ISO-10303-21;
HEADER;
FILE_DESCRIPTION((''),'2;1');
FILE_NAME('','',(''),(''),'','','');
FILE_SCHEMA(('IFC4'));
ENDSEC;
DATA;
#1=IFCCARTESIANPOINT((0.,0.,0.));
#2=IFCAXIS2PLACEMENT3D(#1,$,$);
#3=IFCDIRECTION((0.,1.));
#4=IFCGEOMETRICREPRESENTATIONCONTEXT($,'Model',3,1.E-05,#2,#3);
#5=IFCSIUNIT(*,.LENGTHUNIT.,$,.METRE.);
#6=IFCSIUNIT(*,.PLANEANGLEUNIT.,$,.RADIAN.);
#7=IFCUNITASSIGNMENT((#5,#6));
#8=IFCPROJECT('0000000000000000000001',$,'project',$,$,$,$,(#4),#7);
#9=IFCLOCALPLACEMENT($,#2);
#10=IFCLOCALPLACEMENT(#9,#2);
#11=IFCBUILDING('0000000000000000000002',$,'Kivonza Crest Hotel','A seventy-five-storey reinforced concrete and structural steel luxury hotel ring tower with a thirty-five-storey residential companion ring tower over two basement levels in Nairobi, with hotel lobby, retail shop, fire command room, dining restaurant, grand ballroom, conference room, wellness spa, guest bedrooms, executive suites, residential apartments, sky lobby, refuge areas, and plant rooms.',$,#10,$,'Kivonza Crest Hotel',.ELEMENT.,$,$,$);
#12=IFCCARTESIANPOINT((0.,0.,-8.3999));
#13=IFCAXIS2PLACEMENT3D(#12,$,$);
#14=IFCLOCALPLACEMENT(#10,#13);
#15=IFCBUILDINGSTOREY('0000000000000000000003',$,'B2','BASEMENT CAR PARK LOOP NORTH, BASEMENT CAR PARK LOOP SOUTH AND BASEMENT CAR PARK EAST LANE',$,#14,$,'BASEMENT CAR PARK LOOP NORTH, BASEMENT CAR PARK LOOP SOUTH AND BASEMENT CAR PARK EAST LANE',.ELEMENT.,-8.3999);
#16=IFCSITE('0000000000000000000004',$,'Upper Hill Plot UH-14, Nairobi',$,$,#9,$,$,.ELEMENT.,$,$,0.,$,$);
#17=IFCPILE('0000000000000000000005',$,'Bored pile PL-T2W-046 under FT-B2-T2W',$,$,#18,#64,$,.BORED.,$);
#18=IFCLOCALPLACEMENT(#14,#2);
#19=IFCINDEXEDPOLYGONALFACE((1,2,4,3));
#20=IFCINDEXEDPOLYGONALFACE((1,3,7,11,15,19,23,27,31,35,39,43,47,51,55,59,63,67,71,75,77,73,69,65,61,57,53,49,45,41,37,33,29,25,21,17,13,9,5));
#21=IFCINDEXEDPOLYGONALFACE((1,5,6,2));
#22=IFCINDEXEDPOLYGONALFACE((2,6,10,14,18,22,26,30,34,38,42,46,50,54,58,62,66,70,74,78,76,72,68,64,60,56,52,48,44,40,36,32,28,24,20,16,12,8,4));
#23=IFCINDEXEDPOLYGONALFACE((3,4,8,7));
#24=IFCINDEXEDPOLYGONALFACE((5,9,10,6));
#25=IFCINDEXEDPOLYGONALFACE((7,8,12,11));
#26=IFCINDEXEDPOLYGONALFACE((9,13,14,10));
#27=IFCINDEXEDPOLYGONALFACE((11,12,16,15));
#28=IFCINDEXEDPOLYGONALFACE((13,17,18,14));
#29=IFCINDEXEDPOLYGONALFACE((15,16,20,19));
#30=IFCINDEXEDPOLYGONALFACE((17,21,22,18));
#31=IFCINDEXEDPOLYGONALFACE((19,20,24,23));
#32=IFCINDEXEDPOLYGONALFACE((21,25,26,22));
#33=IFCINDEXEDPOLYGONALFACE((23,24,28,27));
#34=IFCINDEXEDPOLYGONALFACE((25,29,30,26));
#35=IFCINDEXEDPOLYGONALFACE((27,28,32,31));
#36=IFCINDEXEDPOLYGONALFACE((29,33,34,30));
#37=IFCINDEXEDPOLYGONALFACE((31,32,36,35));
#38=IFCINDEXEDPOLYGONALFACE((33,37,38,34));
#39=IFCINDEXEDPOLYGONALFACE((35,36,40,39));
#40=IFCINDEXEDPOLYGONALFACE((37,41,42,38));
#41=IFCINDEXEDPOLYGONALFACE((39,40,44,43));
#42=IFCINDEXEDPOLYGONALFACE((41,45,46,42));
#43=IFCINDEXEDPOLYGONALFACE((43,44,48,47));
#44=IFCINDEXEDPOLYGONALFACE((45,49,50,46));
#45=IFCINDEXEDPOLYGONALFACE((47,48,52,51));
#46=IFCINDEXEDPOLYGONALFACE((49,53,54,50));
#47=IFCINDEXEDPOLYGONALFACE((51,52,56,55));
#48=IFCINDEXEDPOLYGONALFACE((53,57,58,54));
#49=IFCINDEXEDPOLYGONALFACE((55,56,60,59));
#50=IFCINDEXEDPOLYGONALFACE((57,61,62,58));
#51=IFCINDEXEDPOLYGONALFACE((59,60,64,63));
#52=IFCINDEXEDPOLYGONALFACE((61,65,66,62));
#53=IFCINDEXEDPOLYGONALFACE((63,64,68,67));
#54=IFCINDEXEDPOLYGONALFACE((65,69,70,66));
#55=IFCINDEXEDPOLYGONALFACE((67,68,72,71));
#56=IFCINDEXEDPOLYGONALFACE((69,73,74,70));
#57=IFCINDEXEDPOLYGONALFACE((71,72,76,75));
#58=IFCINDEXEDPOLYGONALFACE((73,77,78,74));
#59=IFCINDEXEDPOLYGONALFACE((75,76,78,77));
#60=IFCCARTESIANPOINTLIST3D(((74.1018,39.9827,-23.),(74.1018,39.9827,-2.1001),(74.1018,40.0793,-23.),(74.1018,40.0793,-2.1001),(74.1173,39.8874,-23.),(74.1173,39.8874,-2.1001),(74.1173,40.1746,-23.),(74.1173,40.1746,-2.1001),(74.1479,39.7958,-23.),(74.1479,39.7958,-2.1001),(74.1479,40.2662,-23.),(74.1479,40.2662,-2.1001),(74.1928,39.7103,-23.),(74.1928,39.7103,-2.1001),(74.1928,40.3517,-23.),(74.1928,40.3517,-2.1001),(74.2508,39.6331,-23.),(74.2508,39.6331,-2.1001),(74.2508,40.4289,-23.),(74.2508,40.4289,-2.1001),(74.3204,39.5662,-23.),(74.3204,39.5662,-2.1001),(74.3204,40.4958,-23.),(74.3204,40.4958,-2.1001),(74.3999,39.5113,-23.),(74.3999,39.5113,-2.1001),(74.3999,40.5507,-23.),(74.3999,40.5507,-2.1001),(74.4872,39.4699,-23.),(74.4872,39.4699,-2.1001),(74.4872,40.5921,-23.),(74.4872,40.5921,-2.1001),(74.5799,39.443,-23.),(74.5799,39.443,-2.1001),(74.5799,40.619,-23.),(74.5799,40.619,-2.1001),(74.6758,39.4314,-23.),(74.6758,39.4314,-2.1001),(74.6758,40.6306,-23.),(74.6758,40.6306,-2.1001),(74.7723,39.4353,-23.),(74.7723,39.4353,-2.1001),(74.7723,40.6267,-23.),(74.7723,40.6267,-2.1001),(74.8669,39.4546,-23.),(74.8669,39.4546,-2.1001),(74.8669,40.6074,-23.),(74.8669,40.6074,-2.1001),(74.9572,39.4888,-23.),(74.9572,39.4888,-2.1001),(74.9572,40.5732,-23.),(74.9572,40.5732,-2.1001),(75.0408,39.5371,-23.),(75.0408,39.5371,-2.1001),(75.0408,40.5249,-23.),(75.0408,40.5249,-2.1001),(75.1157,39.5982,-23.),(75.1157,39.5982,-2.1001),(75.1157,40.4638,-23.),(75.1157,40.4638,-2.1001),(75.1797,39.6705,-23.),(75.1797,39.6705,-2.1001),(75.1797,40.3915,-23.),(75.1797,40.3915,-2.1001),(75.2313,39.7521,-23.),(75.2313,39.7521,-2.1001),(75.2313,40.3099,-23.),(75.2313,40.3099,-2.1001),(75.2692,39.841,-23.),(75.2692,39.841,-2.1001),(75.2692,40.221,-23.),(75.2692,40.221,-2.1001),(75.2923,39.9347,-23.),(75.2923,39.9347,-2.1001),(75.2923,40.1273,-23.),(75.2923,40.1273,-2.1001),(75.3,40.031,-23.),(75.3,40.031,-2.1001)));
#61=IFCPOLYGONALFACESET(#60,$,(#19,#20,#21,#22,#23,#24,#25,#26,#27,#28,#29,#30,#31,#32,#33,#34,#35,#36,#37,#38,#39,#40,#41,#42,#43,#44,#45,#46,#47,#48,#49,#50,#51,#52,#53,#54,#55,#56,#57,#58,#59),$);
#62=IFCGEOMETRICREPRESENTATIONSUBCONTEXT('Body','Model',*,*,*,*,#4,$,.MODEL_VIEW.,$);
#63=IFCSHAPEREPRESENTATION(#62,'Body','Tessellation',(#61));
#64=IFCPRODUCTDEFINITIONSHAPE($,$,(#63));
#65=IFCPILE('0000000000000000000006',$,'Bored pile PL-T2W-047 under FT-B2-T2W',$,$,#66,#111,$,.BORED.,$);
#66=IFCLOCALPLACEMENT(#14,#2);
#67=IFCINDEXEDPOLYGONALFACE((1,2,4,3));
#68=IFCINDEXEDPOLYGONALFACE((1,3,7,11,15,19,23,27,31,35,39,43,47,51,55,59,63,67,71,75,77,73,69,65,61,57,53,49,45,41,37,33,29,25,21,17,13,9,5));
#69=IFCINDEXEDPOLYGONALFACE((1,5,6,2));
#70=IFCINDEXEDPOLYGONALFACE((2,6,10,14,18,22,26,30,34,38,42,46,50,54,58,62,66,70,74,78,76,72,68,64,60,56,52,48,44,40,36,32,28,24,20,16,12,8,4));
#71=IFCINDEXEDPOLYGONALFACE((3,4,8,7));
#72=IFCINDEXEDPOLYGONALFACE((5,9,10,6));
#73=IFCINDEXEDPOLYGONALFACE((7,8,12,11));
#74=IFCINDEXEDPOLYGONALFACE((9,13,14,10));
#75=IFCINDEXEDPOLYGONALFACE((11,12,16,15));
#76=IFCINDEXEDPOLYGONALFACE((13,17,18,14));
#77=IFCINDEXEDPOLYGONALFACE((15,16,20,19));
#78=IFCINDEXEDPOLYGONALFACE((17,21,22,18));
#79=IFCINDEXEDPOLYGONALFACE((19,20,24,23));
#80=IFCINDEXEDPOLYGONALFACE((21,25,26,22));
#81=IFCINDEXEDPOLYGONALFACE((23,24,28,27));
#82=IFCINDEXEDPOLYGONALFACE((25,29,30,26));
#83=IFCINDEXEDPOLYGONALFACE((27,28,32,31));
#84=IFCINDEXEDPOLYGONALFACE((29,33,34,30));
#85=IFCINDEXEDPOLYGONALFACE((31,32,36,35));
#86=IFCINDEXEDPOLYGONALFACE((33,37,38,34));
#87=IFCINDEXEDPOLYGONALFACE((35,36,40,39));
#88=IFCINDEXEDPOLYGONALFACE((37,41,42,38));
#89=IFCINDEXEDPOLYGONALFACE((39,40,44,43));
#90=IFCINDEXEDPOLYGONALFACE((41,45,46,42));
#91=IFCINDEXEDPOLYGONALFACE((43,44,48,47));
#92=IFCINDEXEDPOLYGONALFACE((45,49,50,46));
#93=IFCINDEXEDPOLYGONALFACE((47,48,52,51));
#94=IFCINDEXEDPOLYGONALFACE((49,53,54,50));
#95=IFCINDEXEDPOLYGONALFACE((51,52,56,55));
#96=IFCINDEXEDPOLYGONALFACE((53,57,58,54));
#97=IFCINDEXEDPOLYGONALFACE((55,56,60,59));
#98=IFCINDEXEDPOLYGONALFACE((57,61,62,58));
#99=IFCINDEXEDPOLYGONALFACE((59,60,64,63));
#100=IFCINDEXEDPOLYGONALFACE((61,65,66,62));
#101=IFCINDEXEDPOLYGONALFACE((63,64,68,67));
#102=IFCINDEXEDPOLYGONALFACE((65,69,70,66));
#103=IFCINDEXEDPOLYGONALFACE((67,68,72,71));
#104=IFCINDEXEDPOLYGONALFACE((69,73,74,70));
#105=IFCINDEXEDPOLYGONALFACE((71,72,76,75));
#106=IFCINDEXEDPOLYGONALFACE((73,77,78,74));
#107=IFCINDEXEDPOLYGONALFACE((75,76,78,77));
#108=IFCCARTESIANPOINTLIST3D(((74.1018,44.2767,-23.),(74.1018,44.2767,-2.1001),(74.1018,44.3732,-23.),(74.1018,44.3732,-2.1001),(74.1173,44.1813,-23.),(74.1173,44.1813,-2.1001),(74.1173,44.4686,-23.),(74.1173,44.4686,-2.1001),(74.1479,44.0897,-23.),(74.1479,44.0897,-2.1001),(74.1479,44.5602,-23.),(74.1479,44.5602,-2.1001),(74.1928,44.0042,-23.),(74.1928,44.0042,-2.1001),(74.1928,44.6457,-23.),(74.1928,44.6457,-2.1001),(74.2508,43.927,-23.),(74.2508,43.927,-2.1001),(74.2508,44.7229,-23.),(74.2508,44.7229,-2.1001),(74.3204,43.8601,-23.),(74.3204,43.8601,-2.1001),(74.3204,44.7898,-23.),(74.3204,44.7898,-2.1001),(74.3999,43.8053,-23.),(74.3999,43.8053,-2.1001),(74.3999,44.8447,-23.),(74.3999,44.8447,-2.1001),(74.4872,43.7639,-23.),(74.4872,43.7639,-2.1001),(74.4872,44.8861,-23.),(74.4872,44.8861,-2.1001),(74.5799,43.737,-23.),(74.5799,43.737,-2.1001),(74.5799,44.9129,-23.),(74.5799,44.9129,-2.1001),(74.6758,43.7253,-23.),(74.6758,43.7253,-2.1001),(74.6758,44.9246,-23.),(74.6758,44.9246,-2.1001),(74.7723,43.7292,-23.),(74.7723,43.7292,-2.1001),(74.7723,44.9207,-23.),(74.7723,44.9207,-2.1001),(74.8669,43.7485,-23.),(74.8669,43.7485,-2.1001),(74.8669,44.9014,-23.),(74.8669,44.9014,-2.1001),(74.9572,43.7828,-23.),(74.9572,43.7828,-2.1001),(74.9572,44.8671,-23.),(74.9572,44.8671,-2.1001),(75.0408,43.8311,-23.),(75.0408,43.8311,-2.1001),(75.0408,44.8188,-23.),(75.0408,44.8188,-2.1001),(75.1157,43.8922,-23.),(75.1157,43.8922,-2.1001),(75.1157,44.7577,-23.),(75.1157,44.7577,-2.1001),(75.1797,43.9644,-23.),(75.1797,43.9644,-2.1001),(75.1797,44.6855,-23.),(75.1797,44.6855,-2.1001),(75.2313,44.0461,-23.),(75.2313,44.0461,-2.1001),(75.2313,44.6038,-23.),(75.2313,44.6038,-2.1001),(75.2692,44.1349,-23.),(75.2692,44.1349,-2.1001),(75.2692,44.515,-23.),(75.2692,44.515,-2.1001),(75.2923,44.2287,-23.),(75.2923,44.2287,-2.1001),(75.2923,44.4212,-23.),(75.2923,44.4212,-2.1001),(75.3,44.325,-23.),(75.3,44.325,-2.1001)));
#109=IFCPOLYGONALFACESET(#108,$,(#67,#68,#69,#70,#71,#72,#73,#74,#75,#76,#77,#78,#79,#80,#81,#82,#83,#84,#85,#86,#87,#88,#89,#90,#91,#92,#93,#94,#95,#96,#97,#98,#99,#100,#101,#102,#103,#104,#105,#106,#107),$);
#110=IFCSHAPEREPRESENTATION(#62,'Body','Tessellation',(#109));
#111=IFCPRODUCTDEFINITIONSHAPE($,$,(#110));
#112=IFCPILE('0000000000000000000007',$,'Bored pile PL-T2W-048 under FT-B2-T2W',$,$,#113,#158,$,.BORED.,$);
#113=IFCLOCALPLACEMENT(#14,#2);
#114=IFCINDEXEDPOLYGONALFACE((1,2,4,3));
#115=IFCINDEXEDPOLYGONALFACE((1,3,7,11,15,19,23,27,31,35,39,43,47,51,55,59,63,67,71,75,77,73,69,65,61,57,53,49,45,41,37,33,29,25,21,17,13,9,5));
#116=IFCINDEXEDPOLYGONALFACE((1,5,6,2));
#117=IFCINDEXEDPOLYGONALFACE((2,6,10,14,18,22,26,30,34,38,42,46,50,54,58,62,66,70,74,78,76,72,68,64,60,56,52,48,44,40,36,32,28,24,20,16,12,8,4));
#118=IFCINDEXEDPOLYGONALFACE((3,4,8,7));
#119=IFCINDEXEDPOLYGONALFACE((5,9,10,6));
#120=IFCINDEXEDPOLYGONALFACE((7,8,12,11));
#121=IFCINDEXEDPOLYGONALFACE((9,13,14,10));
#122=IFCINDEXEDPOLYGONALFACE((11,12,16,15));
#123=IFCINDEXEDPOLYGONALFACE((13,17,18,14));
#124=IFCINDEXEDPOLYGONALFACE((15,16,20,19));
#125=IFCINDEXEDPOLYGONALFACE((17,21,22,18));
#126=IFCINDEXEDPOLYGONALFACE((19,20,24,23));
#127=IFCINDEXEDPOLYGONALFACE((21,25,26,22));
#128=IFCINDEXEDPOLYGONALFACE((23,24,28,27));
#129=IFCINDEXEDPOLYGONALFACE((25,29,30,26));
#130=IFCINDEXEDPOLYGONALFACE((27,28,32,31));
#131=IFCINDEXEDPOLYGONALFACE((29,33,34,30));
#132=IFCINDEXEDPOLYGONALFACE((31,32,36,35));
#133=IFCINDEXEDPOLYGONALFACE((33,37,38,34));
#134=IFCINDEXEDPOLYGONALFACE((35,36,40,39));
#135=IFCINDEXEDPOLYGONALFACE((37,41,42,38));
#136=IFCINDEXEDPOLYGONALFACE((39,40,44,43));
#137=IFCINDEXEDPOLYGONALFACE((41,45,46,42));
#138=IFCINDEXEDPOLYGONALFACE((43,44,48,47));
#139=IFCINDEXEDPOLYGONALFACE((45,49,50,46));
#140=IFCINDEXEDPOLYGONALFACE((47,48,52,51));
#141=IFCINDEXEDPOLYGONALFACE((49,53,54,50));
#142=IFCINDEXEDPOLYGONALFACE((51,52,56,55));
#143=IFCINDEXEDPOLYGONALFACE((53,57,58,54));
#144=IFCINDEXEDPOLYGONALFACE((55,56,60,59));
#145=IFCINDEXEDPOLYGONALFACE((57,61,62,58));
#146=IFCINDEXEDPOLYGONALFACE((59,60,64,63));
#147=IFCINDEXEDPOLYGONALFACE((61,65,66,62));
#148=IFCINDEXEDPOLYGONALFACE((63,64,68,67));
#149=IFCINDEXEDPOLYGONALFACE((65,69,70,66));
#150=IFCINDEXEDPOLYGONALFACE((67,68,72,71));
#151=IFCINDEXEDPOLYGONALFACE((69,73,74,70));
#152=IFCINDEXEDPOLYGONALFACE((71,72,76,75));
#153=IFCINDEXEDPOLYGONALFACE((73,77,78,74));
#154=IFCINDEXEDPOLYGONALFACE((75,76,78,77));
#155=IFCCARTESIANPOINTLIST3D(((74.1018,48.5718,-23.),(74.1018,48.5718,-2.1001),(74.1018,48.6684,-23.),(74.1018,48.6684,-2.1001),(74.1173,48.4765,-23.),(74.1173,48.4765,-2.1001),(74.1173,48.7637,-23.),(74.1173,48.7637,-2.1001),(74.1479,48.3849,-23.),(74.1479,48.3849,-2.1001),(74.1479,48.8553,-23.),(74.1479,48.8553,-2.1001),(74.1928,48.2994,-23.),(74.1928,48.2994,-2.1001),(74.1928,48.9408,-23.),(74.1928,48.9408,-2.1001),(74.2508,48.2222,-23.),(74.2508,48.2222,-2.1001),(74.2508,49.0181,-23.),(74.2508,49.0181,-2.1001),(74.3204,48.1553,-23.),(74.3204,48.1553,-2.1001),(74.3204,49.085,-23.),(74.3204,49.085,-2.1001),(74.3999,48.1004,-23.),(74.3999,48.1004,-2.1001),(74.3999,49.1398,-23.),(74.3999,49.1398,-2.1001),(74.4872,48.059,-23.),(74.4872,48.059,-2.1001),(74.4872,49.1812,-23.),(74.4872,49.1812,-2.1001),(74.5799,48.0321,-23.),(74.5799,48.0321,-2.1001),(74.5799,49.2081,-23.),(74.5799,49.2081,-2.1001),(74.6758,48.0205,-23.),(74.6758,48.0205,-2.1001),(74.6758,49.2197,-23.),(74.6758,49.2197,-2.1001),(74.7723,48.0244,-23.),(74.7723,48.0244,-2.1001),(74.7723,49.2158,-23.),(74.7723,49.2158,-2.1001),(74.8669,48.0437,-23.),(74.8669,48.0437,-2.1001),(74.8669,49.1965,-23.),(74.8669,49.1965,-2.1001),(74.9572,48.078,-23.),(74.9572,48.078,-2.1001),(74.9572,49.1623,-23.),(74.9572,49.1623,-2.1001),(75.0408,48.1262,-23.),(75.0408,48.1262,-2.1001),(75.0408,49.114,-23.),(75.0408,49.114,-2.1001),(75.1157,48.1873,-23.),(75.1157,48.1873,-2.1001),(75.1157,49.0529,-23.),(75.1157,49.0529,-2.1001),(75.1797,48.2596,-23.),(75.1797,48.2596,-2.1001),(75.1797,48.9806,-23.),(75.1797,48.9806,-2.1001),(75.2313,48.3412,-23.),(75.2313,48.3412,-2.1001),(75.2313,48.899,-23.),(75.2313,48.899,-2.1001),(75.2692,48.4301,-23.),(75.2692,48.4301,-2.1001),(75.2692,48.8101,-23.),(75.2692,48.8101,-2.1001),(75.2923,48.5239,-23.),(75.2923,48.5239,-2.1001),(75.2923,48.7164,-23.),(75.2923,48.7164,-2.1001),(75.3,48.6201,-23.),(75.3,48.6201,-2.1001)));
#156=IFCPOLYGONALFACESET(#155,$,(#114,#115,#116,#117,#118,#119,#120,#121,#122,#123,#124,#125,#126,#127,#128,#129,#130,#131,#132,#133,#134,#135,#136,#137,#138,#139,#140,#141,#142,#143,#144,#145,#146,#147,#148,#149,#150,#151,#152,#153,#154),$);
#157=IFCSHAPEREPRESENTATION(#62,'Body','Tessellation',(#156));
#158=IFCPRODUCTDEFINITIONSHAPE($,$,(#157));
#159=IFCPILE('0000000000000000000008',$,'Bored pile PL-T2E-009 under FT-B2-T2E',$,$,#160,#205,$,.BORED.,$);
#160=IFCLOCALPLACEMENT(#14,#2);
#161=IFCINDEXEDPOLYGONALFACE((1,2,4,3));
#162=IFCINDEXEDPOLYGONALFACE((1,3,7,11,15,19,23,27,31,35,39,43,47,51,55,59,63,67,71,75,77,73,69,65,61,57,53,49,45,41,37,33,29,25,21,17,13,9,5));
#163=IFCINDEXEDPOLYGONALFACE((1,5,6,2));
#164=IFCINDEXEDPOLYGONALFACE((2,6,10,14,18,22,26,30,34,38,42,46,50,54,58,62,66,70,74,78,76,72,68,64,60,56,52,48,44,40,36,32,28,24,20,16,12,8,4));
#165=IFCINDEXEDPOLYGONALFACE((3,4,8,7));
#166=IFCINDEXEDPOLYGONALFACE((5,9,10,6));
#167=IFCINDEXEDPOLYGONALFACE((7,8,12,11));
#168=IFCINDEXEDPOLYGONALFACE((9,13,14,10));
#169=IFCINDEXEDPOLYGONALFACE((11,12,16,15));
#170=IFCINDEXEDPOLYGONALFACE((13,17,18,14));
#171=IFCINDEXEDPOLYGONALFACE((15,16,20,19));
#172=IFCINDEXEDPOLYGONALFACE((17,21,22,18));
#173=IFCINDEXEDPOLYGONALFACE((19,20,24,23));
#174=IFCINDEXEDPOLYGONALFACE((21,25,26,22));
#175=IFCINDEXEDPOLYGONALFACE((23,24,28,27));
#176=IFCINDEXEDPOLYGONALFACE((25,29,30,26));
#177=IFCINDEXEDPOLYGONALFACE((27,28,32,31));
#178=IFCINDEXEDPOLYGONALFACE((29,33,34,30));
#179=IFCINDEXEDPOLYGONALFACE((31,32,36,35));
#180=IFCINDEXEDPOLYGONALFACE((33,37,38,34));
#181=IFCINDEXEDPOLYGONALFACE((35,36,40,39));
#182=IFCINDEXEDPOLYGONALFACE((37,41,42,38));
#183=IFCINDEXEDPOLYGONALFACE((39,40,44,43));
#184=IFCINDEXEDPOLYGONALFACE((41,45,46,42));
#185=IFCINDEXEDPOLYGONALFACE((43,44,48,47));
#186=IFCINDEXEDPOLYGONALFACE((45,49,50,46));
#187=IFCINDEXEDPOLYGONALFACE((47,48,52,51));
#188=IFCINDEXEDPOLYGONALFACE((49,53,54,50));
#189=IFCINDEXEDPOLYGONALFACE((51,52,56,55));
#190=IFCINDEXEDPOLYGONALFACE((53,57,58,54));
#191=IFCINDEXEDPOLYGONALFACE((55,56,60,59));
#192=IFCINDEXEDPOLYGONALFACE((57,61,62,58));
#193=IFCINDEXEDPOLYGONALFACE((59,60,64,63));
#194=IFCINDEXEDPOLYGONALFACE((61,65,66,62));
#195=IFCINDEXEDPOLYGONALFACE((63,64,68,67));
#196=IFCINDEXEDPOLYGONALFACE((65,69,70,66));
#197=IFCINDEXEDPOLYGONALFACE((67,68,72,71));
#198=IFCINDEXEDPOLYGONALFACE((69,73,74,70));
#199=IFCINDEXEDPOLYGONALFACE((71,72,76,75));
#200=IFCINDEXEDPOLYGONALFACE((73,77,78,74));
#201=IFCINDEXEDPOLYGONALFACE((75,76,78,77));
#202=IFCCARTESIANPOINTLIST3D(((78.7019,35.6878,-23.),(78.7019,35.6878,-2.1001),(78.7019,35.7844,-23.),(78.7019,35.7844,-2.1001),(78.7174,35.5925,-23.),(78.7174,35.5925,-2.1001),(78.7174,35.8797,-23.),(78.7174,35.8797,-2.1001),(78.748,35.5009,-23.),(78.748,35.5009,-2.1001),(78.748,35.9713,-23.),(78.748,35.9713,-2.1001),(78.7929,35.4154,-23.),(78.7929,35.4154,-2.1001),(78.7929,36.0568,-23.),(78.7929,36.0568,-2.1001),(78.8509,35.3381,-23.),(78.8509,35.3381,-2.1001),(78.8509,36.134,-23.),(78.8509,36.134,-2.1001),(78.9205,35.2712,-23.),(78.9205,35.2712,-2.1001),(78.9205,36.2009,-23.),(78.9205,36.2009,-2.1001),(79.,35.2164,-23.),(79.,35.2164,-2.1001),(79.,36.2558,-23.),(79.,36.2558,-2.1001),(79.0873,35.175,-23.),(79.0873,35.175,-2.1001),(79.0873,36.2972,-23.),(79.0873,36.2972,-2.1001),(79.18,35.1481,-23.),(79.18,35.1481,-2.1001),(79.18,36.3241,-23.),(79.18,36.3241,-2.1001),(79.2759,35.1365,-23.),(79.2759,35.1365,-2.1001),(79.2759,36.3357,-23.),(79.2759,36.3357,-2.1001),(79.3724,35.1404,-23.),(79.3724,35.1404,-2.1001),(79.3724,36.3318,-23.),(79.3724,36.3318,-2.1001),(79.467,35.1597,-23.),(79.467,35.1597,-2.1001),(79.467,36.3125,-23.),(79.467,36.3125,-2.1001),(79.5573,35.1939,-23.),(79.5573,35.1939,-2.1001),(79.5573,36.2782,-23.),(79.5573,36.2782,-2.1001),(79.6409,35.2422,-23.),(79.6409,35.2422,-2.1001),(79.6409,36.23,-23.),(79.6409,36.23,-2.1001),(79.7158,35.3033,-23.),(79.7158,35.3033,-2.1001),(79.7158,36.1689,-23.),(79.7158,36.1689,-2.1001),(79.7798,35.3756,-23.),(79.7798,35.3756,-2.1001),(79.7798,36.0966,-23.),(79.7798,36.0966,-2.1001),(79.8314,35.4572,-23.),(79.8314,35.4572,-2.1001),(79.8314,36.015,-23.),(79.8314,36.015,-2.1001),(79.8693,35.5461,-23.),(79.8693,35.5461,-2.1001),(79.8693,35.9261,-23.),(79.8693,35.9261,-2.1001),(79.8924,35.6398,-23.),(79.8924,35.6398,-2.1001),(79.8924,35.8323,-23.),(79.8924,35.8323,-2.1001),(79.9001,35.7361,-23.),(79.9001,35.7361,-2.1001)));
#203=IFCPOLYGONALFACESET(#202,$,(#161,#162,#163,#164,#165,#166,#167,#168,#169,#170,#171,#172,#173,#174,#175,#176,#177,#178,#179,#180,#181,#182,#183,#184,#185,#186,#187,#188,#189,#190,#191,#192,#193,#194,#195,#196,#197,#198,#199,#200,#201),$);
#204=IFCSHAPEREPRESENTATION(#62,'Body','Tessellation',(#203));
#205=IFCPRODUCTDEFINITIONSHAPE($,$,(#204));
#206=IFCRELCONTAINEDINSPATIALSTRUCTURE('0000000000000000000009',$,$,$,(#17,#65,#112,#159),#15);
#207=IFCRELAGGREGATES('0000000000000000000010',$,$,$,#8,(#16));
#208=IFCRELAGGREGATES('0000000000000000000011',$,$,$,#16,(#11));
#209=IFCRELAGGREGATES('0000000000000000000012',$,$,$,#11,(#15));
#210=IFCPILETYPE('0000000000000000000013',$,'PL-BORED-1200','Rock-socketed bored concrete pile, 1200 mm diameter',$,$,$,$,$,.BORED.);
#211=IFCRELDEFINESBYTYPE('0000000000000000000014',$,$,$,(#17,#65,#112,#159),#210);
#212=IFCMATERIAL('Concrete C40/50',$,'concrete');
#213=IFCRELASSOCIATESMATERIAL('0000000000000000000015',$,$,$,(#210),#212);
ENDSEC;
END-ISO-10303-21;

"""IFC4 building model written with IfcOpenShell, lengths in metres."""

from ifc_helpers import new_model, si_unit, direction, frame, origin, origin_2d, place, context, subcontext, project, spatial, circle, extrude, material, material_profile, profile_set, type_object, element, save


model = new_model("IFC4")

# Units and contexts
model_context = context("Model", 3, precision=1e-05, world=origin(), true_north=direction((0.0, 1.0)))
body_context = subcontext(model_context, "Body", "Model", "MODEL_VIEW")
ifc_project = project(units=[si_unit("LENGTHUNIT", "METRE"), si_unit("PLANEANGLEUNIT", "RADIAN")], contexts=[model_context])

# Site, building, storey
site_placement = place(None, origin())
site = spatial("IfcSite", under=ifc_project, at=site_placement, Name="Upper Hill Plot UH-14, Nairobi", CompositionType="ELEMENT", RefElevation=0.0)
building_placement = place(site_placement, origin())
building = spatial("IfcBuilding", under=site, at=building_placement, Name="Kivonza Crest Hotel", Description="A seventy-five-storey reinforced concrete and structural steel luxury hotel ring tower with a thirty-five-storey residential companion ring tower over two basement levels in Nairobi, with hotel lobby, retail shop, fire command room, dining restaurant, grand ballroom, conference room, wellness spa, guest bedrooms, executive suites, residential apartments, sky lobby, refuge areas, and plant rooms.", LongName="Kivonza Crest Hotel", CompositionType="ELEMENT")
storey_placement = place(building_placement, frame((0.0, 0.0, -8.3999)))
storey = spatial("IfcBuildingStorey", under=building, at=storey_placement, Name="B2", Description="BASEMENT CAR PARK LOOP NORTH, BASEMENT CAR PARK LOOP SOUTH AND BASEMENT CAR PARK EAST LANE", LongName="BASEMENT CAR PARK LOOP NORTH, BASEMENT CAR PARK LOOP SOUTH AND BASEMENT CAR PARK EAST LANE", CompositionType="ELEMENT", Elevation=-8.3999)

# Piles
ifc_material_1 = material(Name="Concrete C40/50", Category="concrete")
ifc_material_profile_1 = material_profile(ifc_material_1, circle(Radius=0.6001, at=origin_2d()), Name="PILE D1200")
ifc_profile_set_1 = profile_set([ifc_material_profile_1], Name="Concrete C40/50")
pile_type = type_object("IfcPileType", Name="PL-BORED-1200", Description="Rock-socketed bored concrete pile, 1200 mm diameter", PredefinedType="BORED", material=ifc_profile_set_1)
for number, where, z_axis, x_axis, name in (
    (1, (74.7, 40.031, -2.1001), (0.0, 0.0, -1.0), (1.0, 0.0, 0.0), "Bored pile PL-T2W-046 under FT-B2-T2W"),
    (2, (74.7, 44.325, -2.1001), (0.0, 0.0, -1.0), (1.0, 0.0, 0.0), "Bored pile PL-T2W-047 under FT-B2-T2W"),
    (3, (74.7, 48.6201, -2.1001), (0.0, 0.0, -1.0), (1.0, 0.0, 0.0), "Bored pile PL-T2W-048 under FT-B2-T2W"),
    (4, (79.3, 35.7361, -2.1001), (0.0, 0.0, -1.0), (1.0, 0.0, 0.0), "Bored pile PL-T2E-009 under FT-B2-T2E"),
):
    element("IfcPile", number, at=place(storey_placement, frame(where, z_axis=z_axis, x_axis=x_axis)), inside=storey, type_object=pile_type, Name=name, PredefinedType="BORED", context=body_context, shape_type="SweptSolid", body=[
        extrude(circle(Radius=0.6001, at=origin_2d()), origin(), (0.0, 0.0, 1.0), 20.8999),
    ])

save(model, "model.ifc")
